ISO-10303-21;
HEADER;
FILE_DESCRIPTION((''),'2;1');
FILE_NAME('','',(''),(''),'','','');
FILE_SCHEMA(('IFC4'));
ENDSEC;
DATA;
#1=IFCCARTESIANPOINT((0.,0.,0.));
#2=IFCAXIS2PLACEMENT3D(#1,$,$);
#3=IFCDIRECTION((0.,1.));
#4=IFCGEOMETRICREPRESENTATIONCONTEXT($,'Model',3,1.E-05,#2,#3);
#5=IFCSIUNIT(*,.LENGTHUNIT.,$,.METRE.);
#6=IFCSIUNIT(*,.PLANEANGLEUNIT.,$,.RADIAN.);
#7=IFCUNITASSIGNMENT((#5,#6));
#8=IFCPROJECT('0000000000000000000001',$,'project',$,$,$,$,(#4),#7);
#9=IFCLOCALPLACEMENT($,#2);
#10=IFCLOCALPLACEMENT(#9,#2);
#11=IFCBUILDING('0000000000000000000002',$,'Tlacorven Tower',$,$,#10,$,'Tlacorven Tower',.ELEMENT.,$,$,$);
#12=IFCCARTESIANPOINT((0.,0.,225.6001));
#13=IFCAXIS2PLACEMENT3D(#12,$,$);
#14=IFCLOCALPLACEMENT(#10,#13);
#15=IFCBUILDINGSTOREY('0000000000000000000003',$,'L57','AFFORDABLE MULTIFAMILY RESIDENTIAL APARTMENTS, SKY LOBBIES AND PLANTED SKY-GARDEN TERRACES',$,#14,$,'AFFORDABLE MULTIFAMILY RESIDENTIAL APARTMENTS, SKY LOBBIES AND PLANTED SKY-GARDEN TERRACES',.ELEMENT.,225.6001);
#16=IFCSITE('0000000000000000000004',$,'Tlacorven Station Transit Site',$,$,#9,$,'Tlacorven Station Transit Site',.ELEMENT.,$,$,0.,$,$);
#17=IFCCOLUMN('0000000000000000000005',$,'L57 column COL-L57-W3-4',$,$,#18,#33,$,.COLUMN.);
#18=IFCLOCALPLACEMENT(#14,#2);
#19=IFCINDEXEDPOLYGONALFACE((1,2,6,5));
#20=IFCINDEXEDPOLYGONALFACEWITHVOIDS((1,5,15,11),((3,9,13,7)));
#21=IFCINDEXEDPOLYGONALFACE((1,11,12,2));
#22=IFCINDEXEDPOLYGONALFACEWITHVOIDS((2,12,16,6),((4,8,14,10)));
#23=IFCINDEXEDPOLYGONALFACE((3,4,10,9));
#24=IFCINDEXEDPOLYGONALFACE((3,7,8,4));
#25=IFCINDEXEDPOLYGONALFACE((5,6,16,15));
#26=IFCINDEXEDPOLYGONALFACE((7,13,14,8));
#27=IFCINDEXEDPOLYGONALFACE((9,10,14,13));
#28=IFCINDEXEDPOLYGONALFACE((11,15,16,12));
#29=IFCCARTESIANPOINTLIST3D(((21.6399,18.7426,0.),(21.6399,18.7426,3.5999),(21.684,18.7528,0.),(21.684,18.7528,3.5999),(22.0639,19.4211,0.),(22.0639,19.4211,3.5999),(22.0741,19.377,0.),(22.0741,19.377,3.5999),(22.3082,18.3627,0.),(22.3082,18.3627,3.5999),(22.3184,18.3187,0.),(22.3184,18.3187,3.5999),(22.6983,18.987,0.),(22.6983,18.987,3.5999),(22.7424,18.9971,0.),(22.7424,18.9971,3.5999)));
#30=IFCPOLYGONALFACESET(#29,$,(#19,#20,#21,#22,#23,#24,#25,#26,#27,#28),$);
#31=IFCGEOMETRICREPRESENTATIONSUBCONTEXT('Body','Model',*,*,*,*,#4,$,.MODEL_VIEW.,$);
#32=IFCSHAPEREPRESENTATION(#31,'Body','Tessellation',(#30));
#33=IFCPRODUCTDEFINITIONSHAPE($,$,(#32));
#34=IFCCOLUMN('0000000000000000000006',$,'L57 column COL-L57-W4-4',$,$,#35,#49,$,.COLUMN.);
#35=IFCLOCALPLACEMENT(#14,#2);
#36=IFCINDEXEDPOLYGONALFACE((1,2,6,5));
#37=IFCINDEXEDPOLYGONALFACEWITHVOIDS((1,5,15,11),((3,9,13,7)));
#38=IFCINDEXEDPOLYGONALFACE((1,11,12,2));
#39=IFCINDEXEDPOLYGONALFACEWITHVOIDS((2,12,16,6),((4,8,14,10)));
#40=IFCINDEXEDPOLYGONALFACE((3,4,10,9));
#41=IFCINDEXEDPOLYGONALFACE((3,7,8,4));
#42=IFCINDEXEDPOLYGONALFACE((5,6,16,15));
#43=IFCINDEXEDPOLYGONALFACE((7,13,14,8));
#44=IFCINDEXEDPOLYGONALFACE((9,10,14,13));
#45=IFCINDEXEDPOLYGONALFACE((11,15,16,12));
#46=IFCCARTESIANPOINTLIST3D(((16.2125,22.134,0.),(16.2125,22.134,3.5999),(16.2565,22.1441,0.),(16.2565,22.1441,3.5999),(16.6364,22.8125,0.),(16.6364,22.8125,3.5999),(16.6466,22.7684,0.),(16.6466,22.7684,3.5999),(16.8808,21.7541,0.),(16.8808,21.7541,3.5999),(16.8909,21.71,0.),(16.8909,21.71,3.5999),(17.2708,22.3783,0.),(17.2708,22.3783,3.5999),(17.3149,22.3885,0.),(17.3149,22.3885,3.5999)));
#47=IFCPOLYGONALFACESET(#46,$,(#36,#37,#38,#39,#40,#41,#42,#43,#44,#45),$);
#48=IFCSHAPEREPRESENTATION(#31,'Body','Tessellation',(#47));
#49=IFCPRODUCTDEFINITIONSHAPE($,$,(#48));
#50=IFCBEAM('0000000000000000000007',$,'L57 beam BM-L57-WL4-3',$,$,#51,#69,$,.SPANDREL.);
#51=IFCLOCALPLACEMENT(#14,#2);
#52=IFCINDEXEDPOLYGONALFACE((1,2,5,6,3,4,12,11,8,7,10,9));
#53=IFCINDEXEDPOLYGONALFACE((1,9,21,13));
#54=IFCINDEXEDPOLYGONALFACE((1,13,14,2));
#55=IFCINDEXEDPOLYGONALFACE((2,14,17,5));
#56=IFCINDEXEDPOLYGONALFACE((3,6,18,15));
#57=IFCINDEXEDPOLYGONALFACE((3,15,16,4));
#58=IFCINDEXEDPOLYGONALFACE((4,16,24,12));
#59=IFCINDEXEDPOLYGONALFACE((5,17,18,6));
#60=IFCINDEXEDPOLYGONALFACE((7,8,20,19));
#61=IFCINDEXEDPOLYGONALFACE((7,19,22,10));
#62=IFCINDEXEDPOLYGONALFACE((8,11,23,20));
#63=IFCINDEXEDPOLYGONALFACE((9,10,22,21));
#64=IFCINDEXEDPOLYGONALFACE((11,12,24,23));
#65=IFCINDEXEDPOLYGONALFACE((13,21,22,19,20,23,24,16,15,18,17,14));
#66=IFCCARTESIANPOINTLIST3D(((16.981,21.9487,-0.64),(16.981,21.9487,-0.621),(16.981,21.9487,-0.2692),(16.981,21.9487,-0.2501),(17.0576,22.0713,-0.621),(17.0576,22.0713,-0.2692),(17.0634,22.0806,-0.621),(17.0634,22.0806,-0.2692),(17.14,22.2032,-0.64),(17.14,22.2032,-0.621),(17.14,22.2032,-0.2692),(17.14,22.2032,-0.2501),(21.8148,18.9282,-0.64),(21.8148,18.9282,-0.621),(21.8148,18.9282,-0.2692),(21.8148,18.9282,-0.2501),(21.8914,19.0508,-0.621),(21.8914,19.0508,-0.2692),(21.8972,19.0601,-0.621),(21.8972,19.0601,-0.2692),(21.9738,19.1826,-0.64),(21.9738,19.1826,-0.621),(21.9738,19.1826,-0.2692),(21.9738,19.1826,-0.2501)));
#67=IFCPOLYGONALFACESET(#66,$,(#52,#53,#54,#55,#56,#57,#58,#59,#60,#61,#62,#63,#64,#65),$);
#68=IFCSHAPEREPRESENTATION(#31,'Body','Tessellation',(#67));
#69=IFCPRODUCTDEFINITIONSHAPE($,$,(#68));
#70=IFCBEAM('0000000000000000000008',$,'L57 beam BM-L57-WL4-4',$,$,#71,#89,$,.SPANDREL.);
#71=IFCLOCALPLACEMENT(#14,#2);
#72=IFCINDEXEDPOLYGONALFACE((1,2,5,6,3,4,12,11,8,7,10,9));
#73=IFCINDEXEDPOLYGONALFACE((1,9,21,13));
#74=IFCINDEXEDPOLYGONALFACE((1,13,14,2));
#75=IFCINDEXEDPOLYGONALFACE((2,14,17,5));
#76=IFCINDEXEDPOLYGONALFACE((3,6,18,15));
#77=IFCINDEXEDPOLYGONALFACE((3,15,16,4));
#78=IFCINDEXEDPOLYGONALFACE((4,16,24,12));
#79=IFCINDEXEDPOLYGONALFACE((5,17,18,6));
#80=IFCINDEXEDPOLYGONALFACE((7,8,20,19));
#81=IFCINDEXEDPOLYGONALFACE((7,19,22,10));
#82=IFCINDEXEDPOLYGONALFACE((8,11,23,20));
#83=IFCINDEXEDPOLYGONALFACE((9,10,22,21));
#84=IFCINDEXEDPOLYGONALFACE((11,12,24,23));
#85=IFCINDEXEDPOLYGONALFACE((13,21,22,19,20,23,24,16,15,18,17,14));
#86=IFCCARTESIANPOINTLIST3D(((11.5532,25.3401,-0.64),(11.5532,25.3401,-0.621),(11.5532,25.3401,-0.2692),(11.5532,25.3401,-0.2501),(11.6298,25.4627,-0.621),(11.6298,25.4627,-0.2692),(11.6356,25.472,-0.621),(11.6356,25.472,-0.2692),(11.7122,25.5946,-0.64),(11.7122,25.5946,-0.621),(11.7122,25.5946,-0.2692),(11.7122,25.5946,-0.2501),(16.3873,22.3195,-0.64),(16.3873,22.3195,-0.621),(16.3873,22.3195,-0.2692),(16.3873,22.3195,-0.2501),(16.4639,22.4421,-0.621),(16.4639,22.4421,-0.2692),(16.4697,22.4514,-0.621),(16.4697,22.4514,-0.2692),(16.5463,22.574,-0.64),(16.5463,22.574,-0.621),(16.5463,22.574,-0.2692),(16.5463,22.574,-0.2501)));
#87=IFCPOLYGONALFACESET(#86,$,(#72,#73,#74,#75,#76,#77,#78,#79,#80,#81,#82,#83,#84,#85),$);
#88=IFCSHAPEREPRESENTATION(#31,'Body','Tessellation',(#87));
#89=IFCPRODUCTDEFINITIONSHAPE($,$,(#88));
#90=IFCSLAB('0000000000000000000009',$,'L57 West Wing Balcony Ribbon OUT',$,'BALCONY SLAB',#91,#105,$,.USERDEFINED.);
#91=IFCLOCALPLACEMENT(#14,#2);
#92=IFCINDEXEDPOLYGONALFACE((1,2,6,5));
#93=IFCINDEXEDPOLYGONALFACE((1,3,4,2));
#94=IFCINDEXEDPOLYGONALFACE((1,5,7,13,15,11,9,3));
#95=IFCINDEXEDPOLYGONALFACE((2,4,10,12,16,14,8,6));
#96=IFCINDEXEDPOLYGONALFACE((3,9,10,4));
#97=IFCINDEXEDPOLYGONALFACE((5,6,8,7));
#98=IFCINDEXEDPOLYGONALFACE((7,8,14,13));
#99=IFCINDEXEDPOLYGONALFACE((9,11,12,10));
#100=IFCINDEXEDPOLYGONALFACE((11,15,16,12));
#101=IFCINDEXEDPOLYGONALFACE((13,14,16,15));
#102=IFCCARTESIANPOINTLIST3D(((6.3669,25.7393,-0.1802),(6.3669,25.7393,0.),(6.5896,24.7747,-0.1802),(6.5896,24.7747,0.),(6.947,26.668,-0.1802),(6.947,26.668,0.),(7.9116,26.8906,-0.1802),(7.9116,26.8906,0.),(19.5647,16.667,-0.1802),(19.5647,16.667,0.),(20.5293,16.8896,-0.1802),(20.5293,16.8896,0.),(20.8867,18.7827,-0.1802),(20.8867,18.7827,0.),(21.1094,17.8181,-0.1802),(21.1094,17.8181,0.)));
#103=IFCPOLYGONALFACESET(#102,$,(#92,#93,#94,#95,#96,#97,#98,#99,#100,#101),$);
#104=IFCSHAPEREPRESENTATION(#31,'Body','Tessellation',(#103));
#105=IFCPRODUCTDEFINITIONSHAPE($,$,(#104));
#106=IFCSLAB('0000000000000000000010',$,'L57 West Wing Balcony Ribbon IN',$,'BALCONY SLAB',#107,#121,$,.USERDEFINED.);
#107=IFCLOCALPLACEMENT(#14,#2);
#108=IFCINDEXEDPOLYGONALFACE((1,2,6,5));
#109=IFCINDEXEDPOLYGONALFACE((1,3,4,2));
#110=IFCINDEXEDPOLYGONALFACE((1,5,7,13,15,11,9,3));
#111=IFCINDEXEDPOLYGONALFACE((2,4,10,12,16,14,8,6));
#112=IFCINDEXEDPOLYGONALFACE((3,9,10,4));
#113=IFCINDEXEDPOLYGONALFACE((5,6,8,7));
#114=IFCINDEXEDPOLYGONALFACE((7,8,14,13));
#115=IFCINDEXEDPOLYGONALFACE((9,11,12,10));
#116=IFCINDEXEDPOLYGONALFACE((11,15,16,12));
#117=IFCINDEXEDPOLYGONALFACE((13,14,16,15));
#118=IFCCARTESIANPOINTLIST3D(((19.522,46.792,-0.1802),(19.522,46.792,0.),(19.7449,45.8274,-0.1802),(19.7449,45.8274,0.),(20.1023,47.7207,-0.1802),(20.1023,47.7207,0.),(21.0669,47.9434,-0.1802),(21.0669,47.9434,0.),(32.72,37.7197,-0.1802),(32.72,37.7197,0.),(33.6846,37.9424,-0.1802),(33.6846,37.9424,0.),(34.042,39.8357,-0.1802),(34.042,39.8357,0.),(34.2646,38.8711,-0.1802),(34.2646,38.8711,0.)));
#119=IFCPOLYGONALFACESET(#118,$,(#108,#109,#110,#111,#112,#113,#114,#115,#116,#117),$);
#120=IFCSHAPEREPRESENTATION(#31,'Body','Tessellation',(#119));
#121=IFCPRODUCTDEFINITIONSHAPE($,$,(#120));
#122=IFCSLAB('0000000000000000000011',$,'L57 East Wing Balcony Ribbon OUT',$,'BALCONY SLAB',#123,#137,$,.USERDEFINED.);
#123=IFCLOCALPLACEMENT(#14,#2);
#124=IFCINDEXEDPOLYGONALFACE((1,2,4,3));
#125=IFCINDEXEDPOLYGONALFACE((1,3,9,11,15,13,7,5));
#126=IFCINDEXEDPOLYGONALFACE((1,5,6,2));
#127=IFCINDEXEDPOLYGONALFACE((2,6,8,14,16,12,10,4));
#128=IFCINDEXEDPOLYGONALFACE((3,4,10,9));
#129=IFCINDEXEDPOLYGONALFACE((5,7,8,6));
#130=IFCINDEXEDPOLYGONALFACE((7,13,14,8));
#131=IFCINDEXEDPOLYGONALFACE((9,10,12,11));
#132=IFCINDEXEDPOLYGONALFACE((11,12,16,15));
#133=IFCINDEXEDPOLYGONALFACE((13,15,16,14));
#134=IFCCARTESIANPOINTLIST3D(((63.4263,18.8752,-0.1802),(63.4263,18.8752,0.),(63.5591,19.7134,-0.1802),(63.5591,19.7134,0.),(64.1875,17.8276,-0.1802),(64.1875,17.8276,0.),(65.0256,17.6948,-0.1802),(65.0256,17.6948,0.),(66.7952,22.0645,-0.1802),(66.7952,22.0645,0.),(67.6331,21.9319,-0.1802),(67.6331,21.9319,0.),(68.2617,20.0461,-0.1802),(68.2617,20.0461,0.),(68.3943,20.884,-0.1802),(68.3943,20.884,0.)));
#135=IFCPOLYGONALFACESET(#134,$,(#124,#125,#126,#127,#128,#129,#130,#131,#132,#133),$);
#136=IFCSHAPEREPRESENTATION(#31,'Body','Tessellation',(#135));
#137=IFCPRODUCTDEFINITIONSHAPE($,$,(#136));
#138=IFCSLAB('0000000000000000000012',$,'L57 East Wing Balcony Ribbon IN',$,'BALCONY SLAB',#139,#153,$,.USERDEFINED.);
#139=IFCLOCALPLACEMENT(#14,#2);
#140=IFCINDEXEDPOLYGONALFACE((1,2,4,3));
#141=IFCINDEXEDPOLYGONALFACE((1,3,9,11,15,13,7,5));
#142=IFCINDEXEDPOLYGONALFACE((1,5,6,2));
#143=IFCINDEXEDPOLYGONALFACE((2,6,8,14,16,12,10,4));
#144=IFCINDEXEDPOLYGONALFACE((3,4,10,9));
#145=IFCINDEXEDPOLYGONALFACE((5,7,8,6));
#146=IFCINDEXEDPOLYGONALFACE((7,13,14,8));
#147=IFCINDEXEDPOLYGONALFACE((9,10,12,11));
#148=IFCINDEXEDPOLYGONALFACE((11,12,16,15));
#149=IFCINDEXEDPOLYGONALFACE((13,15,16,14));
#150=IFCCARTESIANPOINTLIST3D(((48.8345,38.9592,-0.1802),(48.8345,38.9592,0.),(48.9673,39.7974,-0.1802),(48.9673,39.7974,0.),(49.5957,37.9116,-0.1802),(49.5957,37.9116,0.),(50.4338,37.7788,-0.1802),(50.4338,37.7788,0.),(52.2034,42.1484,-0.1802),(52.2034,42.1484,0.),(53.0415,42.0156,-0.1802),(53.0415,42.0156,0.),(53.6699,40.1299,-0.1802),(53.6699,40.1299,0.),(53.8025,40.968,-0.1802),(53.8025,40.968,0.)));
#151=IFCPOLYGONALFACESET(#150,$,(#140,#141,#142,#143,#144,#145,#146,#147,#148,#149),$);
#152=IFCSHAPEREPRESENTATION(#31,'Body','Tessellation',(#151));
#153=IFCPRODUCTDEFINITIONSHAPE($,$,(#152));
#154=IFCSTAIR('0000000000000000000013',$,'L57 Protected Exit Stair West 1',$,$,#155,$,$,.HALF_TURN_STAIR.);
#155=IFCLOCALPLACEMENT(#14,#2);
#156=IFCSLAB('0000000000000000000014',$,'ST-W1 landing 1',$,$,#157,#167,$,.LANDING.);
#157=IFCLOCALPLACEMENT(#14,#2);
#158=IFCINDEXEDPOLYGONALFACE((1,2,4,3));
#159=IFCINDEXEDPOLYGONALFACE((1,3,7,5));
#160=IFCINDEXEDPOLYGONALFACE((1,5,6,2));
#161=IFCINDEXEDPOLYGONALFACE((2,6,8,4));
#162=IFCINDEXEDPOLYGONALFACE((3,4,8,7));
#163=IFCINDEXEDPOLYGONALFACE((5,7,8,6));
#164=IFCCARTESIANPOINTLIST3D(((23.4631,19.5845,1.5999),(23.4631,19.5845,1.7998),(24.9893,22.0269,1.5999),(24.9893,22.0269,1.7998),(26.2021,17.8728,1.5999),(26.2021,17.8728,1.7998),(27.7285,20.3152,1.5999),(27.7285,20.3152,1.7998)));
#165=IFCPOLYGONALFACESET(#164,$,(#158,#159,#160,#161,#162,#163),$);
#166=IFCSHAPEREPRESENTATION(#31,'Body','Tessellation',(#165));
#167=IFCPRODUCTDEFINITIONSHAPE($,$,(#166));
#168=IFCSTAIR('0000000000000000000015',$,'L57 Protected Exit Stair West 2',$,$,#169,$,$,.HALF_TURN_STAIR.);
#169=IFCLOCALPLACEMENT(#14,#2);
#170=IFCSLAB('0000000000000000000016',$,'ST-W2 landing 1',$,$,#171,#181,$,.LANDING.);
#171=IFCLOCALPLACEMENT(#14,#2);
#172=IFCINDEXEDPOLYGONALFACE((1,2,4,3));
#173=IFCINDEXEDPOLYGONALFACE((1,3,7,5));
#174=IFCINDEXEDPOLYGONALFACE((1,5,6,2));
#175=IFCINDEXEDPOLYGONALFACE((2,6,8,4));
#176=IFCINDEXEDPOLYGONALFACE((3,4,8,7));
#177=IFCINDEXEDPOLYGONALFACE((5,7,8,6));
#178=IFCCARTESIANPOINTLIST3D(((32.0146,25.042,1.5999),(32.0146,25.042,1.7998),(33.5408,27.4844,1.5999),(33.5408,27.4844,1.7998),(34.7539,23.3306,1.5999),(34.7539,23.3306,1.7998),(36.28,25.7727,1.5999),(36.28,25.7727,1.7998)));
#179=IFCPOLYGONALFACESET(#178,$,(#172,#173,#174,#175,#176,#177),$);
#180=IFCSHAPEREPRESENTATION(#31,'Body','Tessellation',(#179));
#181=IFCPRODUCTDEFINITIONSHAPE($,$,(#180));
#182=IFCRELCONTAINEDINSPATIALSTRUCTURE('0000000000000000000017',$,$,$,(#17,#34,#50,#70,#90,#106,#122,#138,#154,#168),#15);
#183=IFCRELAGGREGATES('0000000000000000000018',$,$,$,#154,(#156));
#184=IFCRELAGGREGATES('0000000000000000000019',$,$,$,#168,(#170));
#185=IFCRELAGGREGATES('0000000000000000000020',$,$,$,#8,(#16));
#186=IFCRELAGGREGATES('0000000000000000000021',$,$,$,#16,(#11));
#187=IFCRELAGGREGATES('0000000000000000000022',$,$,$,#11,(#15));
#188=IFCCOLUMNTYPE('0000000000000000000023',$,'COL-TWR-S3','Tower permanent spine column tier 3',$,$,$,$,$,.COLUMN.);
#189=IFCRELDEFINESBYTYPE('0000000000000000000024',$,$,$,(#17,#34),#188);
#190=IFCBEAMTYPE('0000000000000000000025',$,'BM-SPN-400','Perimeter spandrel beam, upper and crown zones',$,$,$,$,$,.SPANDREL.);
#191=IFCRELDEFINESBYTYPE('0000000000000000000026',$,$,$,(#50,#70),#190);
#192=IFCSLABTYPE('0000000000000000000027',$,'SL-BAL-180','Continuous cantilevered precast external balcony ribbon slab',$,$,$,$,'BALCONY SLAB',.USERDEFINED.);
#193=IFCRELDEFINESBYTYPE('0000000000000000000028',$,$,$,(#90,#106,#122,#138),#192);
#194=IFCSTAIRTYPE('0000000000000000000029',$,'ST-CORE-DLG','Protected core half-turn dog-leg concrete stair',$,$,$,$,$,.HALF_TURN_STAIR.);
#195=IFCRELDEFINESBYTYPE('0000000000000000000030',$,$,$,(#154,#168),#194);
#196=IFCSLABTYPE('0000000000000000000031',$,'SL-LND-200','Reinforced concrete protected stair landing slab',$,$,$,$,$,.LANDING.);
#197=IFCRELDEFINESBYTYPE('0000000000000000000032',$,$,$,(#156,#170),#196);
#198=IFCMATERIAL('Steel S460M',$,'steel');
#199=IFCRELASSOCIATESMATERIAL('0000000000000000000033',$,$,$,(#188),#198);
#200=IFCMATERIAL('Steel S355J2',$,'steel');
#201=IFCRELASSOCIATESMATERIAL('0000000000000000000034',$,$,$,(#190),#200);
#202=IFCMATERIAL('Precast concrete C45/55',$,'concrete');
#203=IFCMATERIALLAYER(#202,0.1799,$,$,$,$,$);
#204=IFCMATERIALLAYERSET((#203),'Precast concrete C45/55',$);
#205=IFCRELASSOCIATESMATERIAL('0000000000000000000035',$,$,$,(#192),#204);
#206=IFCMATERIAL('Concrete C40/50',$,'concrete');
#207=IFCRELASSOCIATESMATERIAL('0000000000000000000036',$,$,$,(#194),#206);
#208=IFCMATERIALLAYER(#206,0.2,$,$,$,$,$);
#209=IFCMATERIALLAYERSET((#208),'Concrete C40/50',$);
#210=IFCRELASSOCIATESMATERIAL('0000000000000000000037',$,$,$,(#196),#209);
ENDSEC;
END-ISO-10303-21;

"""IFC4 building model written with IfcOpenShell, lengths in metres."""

from ifc_helpers import new_model, si_unit, direction, frame, origin, origin_2d, place, context, subcontext, project, spatial, polyline, hollow_rectangle, i_section, outline, extrude, source, transform, mapped, material, layer, layer_set, material_profile, profile_set, type_object, element, aggregate, save


model = new_model("IFC4")

# Units and contexts
model_context = context("Model", 3, precision=1e-05, world=origin(), true_north=direction((0.0, 1.0)))
body_context = subcontext(model_context, "Body", "Model", "MODEL_VIEW")
ifc_project = project(units=[si_unit("LENGTHUNIT", "METRE"), si_unit("PLANEANGLEUNIT", "RADIAN")], contexts=[model_context])

# Site, building, storey
site_placement = place(None, origin())
site = spatial("IfcSite", under=ifc_project, at=site_placement, Name="Tlacorven Station Transit Site", LongName="Tlacorven Station Transit Site", CompositionType="ELEMENT", RefElevation=0.0)
building_placement = place(site_placement, origin())
building = spatial("IfcBuilding", under=site, at=building_placement, Name="Tlacorven Tower", LongName="Tlacorven Tower", CompositionType="ELEMENT")
storey_placement = place(building_placement, frame((0.0, 0.0, 225.6001)))
storey = spatial("IfcBuildingStorey", under=building, at=storey_placement, Name="L57", Description="AFFORDABLE MULTIFAMILY RESIDENTIAL APARTMENTS, SKY LOBBIES AND PLANTED SKY-GARDEN TERRACES", LongName="AFFORDABLE MULTIFAMILY RESIDENTIAL APARTMENTS, SKY LOBBIES AND PLANTED SKY-GARDEN TERRACES", CompositionType="ELEMENT", Elevation=225.6001)

# Columns
ifc_material_1 = material(Name="Steel S460M", Category="steel")
ifc_material_profile_1 = material_profile(ifc_material_1, hollow_rectangle(XDim=0.8, YDim=0.8, WallThickness=0.032, at=origin_2d()), Name="BOX 800X800X32")
ifc_profile_set_1 = profile_set([ifc_material_profile_1], Name="Steel S460M")
column_type = type_object("IfcColumnType", Name="COL-TWR-S3", Description="Tower permanent spine column tier 3", PredefinedType="COLUMN", material=ifc_profile_set_1)
shared_shape_1 = source(origin(), body_context, "Body", "SweptSolid", [
    extrude(hollow_rectangle(XDim=0.8, YDim=0.8, WallThickness=0.032, at=origin_2d()), origin(), (0.0, 0.0, 1.0), 3.5999),
])
for number, where, z_axis, x_axis, name in (
    (1, (22.1912, 18.8699, 0.0), (0.0, 0.0, 1.0), (-0.848048, 0.529919, 0.0), "L57 column COL-L57-W3-4"),
    (2, (16.7637, 22.2612, 0.0), (0.0, 0.0, 1.0), (-0.848048, 0.529919, 0.0), "L57 column COL-L57-W4-4"),
):
    element("IfcColumn", number, at=place(storey_placement, frame(where, z_axis=z_axis, x_axis=x_axis)), inside=storey, type_object=column_type, Name=name, PredefinedType="COLUMN", context=body_context, shape_type="MappedRepresentation", body=[
        mapped(shared_shape_1, transform((0.0, 0.0, 0.0), scale=1.0)),
    ])

# Beams
ifc_material_2 = material(Name="Steel S355J2", Category="steel")
ifc_material_profile_2 = material_profile(ifc_material_2, i_section(OverallWidth=0.3, OverallDepth=0.3899, WebThickness=0.011, FlangeThickness=0.019, at=origin_2d()), Name="HEA 400")
ifc_profile_set_2 = profile_set([ifc_material_profile_2], Name="Steel S355J2")
beam_type = type_object("IfcBeamType", Name="BM-SPN-400", Description="Perimeter spandrel beam, upper and crown zones", PredefinedType="SPANDREL", material=ifc_profile_set_2)
shared_shape_2 = source(origin(), body_context, "Body", "SweptSolid", [
    extrude(i_section(OverallWidth=0.3, OverallDepth=0.3899, WebThickness=0.011, FlangeThickness=0.019, at=origin_2d()), origin(), (0.0, 0.0, 1.0), 5.7),
])
beam_1_placement = place(storey_placement, frame((21.8943, 19.0554, -0.4451), z_axis=(-0.848044, 0.529926, 0.0), x_axis=(-0.529926, -0.848044, 0.0)))
element("IfcBeam", 3, at=beam_1_placement, inside=storey, type_object=beam_type, Name="L57 beam BM-L57-WL4-3", PredefinedType="SPANDREL", context=body_context, shape_type="MappedRepresentation", body=[
    mapped(shared_shape_2, transform((0.0, 0.0, 0.0), scale=1.0)),
])
shared_shape_3 = source(origin(), body_context, "Body", "SweptSolid", [
    extrude(i_section(OverallWidth=0.3, OverallDepth=0.3899, WebThickness=0.011, FlangeThickness=0.019, at=origin_2d()), origin(), (0.0, 0.0, 1.0), 5.7002),
])
beam_2_placement = place(storey_placement, frame((16.4668, 22.4468, -0.4451), z_axis=(-0.848056, 0.529907, 0.0), x_axis=(-0.529907, -0.848056, 0.0)))
element("IfcBeam", 4, at=beam_2_placement, inside=storey, type_object=beam_type, Name="L57 beam BM-L57-WL4-4", PredefinedType="SPANDREL", context=body_context, shape_type="MappedRepresentation", body=[
    mapped(shared_shape_3, transform((0.0, 0.0, 0.0), scale=1.0)),
])

# Slabs
ifc_material_3 = material(Name="Precast concrete C45/55", Category="concrete")
ifc_layer_1 = layer(ifc_material_3, 0.1799)
ifc_layer_set_1 = layer_set([ifc_layer_1], Name="Precast concrete C45/55")
slab_type_1 = type_object("IfcSlabType", Name="SL-BAL-180", Description="Continuous cantilevered precast external balcony ribbon slab", ElementType="BALCONY SLAB", PredefinedType="USERDEFINED", material=ifc_layer_set_1)
slab_1_placement = place(storey_placement, frame((0.0, 0.0, -0.1802)))
element("IfcSlab", 5, at=slab_1_placement, inside=storey, type_object=slab_type_1, Name="L57 West Wing Balcony Ribbon OUT", ObjectType="BALCONY SLAB", PredefinedType="USERDEFINED", context=body_context, shape_type="SweptSolid", body=[
    extrude(outline(polyline([(20.8867, 18.7827), (7.9116, 26.8906), (6.947, 26.668), (6.3669, 25.7393), (6.5896, 24.7747), (19.5647, 16.667), (20.5293, 16.8896), (21.1094, 17.8181), (20.8867, 18.7827)])), origin(), (0.0, 0.0, 1.0), 0.1802),
])
slab_2_placement = place(storey_placement, frame((0.0, 0.0, -0.1802)))
element("IfcSlab", 6, at=slab_2_placement, inside=storey, type_object=slab_type_1, Name="L57 West Wing Balcony Ribbon IN", ObjectType="BALCONY SLAB", PredefinedType="USERDEFINED", context=body_context, shape_type="SweptSolid", body=[
    extrude(outline(polyline([(34.042, 39.8357), (21.0669, 47.9434), (20.1023, 47.7207), (19.522, 46.792), (19.7449, 45.8274), (32.72, 37.7197), (33.6846, 37.9424), (34.2646, 38.8711), (34.042, 39.8357)])), origin(), (0.0, 0.0, 1.0), 0.1802),
])
slab_3_placement = place(storey_placement, frame((0.0, 0.0, -0.1802)))
element("IfcSlab", 7, at=slab_3_placement, inside=storey, type_object=slab_type_1, Name="L57 East Wing Balcony Ribbon OUT", ObjectType="BALCONY SLAB", PredefinedType="USERDEFINED", context=body_context, shape_type="SweptSolid", body=[
    extrude(outline(polyline([(65.0256, 17.6948), (68.2617, 20.0461), (68.3943, 20.884), (67.6331, 21.9319), (66.7952, 22.0645), (63.5591, 19.7134), (63.4263, 18.8752), (64.1875, 17.8276), (65.0256, 17.6948)])), origin(), (0.0, 0.0, 1.0), 0.1802),
])
slab_4_placement = place(storey_placement, frame((0.0, 0.0, -0.1802)))
element("IfcSlab", 8, at=slab_4_placement, inside=storey, type_object=slab_type_1, Name="L57 East Wing Balcony Ribbon IN", ObjectType="BALCONY SLAB", PredefinedType="USERDEFINED", context=body_context, shape_type="SweptSolid", body=[
    extrude(outline(polyline([(50.4338, 37.7788), (53.6699, 40.1299), (53.8025, 40.968), (53.0415, 42.0156), (52.2034, 42.1484), (48.9673, 39.7974), (48.8345, 38.9592), (49.5957, 37.9116), (50.4338, 37.7788)])), origin(), (0.0, 0.0, 1.0), 0.1802),
])

# Stairs, slabs
ifc_material_4 = material(Name="Concrete C40/50", Category="concrete")
stair_type = type_object("IfcStairType", Name="ST-CORE-DLG", Description="Protected core half-turn dog-leg concrete stair", PredefinedType="HALF_TURN_STAIR", material=ifc_material_4)
stair_1_placement = place(storey_placement, origin())
stair_1 = element("IfcStair", 9, at=stair_1_placement, inside=storey, type_object=stair_type, Name="L57 Protected Exit Stair West 1", PredefinedType="HALF_TURN_STAIR")
ifc_layer_2 = layer(ifc_material_4, 0.2)
ifc_layer_set_2 = layer_set([ifc_layer_2], Name="Concrete C40/50")
slab_type_2 = type_object("IfcSlabType", Name="SL-LND-200", Description="Reinforced concrete protected stair landing slab", PredefinedType="LANDING", material=ifc_layer_set_2)
slab_5_placement = place(storey_placement, frame((0.0, 0.0, 1.5999)))
slab_5 = element("IfcSlab", 10, at=slab_5_placement, type_object=slab_type_2, Name="ST-W1 landing 1", PredefinedType="LANDING", context=body_context, shape_type="SweptSolid", body=[
    extrude(outline(polyline([(27.7285, 20.3152), (24.9893, 22.0269), (23.4631, 19.5845), (26.2021, 17.8728), (27.7285, 20.3152)])), origin(), (0.0, 0.0, 1.0), 0.2),
])
aggregate(stair_1, [slab_5])
stair_2_placement = place(storey_placement, origin())
stair_2 = element("IfcStair", 11, at=stair_2_placement, inside=storey, type_object=stair_type, Name="L57 Protected Exit Stair West 2", PredefinedType="HALF_TURN_STAIR")
slab_6_placement = place(storey_placement, frame((0.0, 0.0, 1.5999)))
slab_6 = element("IfcSlab", 12, at=slab_6_placement, type_object=slab_type_2, Name="ST-W2 landing 1", PredefinedType="LANDING", context=body_context, shape_type="SweptSolid", body=[
    extrude(outline(polyline([(36.28, 25.7727), (33.5408, 27.4844), (32.0146, 25.042), (34.7539, 23.3306), (36.28, 25.7727)])), origin(), (0.0, 0.0, 1.0), 0.2),
])
aggregate(stair_2, [slab_6])

save(model, "model.ifc")
